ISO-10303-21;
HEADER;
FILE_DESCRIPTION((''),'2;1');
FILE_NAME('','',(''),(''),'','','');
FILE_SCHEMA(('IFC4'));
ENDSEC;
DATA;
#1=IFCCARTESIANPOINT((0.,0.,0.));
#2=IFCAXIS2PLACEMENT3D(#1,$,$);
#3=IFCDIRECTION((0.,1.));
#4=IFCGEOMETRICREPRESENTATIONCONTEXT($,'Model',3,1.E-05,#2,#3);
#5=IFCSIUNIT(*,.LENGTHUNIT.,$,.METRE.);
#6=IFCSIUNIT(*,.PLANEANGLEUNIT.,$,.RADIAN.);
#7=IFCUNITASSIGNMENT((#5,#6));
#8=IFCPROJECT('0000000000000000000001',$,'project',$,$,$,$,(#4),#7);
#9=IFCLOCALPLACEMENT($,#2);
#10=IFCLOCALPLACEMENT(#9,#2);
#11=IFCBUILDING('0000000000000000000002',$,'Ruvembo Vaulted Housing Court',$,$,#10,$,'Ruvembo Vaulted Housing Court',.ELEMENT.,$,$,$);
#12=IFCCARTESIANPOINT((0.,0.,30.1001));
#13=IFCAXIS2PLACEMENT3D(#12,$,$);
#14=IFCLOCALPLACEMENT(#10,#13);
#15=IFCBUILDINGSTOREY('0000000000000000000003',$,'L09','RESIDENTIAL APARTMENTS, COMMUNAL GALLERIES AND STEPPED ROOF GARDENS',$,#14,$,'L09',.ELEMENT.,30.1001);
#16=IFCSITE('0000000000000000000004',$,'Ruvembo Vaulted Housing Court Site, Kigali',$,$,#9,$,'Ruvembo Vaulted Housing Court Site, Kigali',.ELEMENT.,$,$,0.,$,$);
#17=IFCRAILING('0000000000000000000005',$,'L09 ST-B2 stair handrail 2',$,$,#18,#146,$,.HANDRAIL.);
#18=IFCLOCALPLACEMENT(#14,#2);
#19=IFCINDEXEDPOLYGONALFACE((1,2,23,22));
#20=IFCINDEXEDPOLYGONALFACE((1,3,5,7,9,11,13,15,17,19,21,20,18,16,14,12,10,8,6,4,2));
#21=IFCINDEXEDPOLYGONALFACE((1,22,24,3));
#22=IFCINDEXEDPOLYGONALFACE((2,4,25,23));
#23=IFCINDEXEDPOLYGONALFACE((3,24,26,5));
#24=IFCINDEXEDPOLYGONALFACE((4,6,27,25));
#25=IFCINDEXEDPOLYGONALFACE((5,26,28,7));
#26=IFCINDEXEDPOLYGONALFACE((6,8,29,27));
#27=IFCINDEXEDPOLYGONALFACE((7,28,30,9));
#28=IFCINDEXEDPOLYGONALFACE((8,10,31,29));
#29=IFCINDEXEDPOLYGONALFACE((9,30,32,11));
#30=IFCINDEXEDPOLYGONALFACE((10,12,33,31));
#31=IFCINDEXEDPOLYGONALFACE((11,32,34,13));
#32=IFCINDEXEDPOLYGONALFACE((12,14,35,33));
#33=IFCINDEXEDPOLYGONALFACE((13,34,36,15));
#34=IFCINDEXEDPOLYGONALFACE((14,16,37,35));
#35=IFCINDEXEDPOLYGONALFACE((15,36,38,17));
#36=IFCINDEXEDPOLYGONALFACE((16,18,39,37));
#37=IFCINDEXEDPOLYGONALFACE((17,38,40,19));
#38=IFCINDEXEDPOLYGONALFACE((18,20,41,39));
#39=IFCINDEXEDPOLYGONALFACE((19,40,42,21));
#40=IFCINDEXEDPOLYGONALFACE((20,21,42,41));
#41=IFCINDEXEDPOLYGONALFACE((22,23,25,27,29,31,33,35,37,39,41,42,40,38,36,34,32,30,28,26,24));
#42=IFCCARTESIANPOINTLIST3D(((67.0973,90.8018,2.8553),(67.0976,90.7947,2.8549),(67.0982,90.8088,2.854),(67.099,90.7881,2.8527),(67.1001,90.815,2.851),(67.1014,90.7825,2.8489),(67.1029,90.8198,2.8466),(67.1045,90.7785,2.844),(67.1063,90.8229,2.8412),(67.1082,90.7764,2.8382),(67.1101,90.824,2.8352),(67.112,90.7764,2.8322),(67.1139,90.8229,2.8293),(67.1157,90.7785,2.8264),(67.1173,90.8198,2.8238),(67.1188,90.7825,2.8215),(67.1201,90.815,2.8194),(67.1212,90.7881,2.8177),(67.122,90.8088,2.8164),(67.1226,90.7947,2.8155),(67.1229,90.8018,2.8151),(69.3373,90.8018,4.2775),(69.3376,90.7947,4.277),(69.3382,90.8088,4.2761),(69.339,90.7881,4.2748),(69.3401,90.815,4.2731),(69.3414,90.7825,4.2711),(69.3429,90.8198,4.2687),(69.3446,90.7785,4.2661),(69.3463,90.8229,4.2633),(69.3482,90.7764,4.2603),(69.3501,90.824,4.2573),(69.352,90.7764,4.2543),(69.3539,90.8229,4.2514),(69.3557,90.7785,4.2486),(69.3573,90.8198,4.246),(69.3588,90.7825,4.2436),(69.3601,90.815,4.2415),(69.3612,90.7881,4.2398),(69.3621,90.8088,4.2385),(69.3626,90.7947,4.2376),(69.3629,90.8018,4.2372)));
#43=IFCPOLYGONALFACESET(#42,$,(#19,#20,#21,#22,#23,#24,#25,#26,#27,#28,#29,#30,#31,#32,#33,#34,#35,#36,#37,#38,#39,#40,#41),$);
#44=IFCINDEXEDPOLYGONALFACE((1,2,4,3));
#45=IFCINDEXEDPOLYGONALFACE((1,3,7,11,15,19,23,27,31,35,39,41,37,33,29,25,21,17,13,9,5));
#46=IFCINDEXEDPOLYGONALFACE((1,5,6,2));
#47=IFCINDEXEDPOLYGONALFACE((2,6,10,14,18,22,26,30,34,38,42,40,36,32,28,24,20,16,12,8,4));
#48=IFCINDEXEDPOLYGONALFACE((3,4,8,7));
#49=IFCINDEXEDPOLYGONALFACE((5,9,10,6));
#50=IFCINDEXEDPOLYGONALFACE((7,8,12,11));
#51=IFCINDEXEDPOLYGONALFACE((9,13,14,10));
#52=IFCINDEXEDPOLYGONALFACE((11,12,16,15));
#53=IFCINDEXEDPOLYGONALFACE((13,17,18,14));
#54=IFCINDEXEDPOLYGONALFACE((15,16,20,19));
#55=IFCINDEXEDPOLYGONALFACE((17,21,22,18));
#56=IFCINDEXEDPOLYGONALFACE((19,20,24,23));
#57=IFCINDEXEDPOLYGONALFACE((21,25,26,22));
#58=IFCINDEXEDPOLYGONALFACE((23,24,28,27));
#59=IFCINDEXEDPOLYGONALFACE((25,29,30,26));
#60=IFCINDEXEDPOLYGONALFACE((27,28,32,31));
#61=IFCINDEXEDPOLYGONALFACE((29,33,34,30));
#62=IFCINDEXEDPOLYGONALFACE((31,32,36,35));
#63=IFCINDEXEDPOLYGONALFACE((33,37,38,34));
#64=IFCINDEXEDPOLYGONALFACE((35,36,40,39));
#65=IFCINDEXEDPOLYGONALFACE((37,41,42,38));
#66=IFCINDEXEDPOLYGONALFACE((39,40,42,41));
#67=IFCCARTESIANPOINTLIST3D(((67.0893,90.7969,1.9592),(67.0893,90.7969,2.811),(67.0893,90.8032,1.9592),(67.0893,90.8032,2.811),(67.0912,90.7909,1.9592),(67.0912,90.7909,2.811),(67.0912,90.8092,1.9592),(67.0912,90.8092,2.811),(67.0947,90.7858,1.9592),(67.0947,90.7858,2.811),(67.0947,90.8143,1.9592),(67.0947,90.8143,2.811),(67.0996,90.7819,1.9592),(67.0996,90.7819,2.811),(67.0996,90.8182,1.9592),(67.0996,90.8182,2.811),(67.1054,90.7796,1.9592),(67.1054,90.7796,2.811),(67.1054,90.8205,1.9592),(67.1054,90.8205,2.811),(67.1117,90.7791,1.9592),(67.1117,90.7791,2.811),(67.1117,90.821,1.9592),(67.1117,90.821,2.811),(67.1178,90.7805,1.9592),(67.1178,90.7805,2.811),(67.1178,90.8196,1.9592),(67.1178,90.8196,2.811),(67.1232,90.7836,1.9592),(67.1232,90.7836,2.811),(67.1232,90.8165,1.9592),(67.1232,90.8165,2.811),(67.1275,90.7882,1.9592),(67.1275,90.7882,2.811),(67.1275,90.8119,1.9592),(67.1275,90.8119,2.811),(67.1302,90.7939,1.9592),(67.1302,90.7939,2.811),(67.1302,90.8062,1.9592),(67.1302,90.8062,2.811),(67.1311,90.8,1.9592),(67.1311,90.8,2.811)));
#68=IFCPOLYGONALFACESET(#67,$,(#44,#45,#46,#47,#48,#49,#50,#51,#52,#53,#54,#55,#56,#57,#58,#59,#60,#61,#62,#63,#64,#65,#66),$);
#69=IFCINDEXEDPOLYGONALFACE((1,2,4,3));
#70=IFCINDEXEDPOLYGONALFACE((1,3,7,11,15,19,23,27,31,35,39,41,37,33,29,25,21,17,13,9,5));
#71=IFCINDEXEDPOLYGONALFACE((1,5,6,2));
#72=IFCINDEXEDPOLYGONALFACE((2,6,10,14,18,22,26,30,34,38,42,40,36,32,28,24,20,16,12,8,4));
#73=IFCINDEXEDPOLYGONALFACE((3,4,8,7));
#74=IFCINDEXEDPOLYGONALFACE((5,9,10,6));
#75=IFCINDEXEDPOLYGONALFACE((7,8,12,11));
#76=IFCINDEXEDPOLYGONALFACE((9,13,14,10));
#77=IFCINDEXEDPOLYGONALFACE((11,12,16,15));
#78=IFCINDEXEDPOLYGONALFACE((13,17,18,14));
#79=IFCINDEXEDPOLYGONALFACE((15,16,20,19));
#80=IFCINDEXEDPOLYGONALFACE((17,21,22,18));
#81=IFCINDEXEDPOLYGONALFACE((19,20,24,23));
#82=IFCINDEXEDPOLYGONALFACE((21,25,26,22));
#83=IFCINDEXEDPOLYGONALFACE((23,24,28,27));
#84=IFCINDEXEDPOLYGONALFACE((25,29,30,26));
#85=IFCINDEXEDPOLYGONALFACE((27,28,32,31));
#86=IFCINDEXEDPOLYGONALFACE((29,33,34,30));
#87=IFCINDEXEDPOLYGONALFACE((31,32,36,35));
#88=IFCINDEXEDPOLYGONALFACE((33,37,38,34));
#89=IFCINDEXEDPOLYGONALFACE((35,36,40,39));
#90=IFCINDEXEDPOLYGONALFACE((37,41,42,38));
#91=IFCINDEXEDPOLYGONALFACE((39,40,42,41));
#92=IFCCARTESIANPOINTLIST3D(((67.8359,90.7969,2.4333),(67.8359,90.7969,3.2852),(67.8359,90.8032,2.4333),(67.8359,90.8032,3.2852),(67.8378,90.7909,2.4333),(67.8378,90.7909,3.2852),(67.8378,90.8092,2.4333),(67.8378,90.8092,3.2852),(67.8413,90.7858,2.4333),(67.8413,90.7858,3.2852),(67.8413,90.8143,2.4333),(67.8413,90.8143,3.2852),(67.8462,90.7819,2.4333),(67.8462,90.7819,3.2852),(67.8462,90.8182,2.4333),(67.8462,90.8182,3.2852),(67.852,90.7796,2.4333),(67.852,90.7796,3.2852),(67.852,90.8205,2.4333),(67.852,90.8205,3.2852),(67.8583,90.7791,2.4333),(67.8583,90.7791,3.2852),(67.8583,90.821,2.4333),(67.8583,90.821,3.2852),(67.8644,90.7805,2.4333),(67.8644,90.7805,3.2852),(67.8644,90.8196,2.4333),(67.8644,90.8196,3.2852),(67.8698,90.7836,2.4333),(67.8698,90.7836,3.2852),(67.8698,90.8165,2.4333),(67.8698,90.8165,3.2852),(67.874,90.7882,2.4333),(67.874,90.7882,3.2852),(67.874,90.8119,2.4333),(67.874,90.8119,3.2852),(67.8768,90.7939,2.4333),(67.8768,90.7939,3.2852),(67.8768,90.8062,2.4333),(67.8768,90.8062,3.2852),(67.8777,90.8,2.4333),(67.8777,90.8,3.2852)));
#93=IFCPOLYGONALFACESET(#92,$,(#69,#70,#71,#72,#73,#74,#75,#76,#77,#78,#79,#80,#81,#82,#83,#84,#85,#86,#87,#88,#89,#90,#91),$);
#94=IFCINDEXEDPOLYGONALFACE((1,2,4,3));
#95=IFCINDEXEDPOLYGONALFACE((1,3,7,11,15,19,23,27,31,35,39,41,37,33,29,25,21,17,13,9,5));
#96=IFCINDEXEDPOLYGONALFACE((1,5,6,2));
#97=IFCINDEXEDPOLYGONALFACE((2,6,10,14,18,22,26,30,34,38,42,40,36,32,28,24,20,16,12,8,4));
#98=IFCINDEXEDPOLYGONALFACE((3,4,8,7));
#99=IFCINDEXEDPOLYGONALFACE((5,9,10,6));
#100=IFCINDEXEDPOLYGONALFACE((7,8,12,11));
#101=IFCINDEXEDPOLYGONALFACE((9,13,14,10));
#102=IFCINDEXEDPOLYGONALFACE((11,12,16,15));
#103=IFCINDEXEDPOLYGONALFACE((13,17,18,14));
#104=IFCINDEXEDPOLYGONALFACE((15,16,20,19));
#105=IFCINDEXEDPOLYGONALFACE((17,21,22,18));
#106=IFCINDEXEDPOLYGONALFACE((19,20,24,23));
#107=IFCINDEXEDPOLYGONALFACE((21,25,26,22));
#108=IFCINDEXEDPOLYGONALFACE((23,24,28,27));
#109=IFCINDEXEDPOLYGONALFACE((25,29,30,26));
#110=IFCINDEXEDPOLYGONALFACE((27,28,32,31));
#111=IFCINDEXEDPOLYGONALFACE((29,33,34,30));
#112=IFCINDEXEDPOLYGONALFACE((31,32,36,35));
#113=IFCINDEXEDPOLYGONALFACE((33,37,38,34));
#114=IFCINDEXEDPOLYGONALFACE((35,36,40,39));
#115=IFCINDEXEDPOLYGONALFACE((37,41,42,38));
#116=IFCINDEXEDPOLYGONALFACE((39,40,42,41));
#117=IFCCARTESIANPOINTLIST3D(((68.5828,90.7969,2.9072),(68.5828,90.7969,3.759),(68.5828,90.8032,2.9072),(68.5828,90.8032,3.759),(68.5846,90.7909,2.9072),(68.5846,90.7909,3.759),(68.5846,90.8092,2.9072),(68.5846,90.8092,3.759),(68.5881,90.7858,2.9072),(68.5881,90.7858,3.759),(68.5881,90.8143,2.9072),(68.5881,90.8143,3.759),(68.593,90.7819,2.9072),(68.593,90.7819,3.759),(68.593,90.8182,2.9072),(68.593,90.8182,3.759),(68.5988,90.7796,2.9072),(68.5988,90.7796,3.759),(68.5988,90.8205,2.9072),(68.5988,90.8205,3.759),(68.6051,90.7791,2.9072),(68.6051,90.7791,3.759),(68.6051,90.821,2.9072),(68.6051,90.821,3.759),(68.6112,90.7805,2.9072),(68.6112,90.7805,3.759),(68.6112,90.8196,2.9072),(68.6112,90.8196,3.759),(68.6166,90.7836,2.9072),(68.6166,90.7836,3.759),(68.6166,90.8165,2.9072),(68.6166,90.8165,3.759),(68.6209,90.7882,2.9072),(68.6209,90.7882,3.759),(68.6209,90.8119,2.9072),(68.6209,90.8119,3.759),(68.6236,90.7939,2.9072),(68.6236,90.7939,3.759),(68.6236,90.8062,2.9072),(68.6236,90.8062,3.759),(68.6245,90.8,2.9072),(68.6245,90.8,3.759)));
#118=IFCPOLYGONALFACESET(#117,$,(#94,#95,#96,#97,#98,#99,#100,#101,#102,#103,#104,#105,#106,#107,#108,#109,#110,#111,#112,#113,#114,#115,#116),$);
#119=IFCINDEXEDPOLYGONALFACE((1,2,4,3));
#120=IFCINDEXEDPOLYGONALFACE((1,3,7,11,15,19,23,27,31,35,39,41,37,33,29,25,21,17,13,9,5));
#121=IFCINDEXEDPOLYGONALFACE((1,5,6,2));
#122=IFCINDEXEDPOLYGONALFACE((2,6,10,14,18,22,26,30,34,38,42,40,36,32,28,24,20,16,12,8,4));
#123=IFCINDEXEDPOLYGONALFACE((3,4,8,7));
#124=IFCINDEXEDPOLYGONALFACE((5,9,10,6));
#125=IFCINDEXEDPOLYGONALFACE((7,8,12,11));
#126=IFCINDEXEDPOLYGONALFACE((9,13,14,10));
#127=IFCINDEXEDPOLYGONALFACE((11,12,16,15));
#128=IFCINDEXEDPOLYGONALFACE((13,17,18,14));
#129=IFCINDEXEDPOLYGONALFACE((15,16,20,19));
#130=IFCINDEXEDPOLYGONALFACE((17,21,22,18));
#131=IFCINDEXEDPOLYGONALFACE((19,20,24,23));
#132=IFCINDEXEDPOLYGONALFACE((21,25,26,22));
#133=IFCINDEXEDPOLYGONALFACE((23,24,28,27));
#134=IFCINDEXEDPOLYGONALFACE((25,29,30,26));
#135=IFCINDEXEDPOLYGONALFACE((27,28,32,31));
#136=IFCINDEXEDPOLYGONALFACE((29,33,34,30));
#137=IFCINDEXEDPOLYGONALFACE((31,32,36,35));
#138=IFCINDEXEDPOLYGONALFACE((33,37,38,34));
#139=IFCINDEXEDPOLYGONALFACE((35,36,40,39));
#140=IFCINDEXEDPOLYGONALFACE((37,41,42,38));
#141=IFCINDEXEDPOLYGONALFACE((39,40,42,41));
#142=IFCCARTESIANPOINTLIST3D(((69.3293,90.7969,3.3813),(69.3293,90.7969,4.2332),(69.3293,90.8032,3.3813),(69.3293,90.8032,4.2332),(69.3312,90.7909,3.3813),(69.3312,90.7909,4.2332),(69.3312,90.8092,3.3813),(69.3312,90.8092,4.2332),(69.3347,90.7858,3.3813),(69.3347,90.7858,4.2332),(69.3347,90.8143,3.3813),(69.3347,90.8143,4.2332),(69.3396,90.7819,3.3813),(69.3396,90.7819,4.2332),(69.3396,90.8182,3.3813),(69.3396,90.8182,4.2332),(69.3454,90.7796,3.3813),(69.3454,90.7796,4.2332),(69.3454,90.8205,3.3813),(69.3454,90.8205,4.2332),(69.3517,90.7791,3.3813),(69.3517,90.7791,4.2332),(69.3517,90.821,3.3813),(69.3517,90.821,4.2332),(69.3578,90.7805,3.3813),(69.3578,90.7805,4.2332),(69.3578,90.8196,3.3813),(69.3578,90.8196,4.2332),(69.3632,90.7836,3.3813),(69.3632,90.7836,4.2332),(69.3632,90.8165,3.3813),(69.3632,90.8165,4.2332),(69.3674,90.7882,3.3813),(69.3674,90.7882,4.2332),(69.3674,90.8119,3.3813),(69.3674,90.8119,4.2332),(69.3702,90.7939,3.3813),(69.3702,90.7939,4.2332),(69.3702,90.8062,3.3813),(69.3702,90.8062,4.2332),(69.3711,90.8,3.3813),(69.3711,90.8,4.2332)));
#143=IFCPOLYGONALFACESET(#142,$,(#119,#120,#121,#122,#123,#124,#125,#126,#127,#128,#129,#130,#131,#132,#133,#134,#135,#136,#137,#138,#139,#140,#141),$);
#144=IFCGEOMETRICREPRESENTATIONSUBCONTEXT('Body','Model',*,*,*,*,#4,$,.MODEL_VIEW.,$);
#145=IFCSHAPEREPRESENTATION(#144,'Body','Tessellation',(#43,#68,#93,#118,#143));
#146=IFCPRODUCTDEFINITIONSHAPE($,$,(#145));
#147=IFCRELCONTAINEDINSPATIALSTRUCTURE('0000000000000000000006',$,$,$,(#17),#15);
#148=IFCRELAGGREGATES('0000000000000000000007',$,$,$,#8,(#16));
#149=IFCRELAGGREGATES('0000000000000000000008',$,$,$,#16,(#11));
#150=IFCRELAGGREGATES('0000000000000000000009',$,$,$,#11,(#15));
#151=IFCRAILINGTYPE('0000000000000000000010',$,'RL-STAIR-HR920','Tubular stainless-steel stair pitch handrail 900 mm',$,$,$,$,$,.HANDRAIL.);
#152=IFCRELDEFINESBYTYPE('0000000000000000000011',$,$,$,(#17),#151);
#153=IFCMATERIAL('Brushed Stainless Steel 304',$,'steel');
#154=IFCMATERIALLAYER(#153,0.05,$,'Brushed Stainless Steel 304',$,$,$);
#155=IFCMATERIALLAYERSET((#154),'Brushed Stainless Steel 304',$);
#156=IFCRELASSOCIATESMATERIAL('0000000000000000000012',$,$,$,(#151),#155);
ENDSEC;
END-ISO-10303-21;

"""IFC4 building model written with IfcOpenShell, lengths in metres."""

from ifc_helpers import new_model, si_unit, direction, frame, origin, origin_2d, place, context, subcontext, project, spatial, circle, extrude, material, layer, layer_set, type_object, element, save


model = new_model("IFC4")

# Units and contexts
model_context = context("Model", 3, precision=1e-05, world=origin(), true_north=direction((0.0, 1.0)))
body_context = subcontext(model_context, "Body", "Model", "MODEL_VIEW")
ifc_project = project(units=[si_unit("LENGTHUNIT", "METRE"), si_unit("PLANEANGLEUNIT", "RADIAN")], contexts=[model_context])

# Site, building, storey
site_placement = place(None, origin())
site = spatial("IfcSite", under=ifc_project, at=site_placement, Name="Ruvembo Vaulted Housing Court Site, Kigali", LongName="Ruvembo Vaulted Housing Court Site, Kigali", CompositionType="ELEMENT", RefElevation=0.0)
building_placement = place(site_placement, origin())
building = spatial("IfcBuilding", under=site, at=building_placement, Name="Ruvembo Vaulted Housing Court", LongName="Ruvembo Vaulted Housing Court", CompositionType="ELEMENT")
storey_placement = place(building_placement, frame((0.0, 0.0, 30.1001)))
storey = spatial("IfcBuildingStorey", under=building, at=storey_placement, Name="L09", Description="RESIDENTIAL APARTMENTS, COMMUNAL GALLERIES AND STEPPED ROOF GARDENS", LongName="L09", CompositionType="ELEMENT", Elevation=30.1001)

# Railing
ifc_material_1 = material(Name="Brushed Stainless Steel 304", Category="steel")
ifc_layer_1 = layer(ifc_material_1, 0.05, Name="Brushed Stainless Steel 304")
ifc_layer_set_1 = layer_set([ifc_layer_1], Name="Brushed Stainless Steel 304")
railing_type_1 = type_object("IfcRailingType", Name="RL-STAIR-HR920", Description="Tubular stainless-steel stair pitch handrail 900 mm", PredefinedType="HANDRAIL", material=ifc_layer_set_1)
railing_1_placement = place(storey_placement, frame((67.1101, 90.8, 1.9592)))
element("IfcRailing", 1, at=railing_1_placement, inside=storey, type_object=railing_type_1, Name="L09 ST-B2 stair handrail 2", PredefinedType="HANDRAIL", context=body_context, shape_type="SweptSolid", body=[
    extrude(circle(Radius=0.0239, at=origin_2d()), frame((0.0, 0.0, 0.876), z_axis=(0.844229, 0.0, 0.535982), x_axis=(0.0, 1.0, 0.0)), (0.0, 0.0, 1.0), 2.6533),
    extrude(circle(Radius=0.021, at=origin_2d()), origin(), (0.0, 0.0, 1.0), 0.8518),
    extrude(circle(Radius=0.021, at=origin_2d()), frame((0.7466, 0.0, 0.4741)), (0.0, 0.0, 1.0), 0.8518),
    extrude(circle(Radius=0.021, at=origin_2d()), frame((1.4934, 0.0, 0.948)), (0.0, 0.0, 1.0), 0.8518),
    extrude(circle(Radius=0.021, at=origin_2d()), frame((2.24, 0.0, 1.4221)), (0.0, 0.0, 1.0), 0.8518),
])

save(model, "model.ifc")
